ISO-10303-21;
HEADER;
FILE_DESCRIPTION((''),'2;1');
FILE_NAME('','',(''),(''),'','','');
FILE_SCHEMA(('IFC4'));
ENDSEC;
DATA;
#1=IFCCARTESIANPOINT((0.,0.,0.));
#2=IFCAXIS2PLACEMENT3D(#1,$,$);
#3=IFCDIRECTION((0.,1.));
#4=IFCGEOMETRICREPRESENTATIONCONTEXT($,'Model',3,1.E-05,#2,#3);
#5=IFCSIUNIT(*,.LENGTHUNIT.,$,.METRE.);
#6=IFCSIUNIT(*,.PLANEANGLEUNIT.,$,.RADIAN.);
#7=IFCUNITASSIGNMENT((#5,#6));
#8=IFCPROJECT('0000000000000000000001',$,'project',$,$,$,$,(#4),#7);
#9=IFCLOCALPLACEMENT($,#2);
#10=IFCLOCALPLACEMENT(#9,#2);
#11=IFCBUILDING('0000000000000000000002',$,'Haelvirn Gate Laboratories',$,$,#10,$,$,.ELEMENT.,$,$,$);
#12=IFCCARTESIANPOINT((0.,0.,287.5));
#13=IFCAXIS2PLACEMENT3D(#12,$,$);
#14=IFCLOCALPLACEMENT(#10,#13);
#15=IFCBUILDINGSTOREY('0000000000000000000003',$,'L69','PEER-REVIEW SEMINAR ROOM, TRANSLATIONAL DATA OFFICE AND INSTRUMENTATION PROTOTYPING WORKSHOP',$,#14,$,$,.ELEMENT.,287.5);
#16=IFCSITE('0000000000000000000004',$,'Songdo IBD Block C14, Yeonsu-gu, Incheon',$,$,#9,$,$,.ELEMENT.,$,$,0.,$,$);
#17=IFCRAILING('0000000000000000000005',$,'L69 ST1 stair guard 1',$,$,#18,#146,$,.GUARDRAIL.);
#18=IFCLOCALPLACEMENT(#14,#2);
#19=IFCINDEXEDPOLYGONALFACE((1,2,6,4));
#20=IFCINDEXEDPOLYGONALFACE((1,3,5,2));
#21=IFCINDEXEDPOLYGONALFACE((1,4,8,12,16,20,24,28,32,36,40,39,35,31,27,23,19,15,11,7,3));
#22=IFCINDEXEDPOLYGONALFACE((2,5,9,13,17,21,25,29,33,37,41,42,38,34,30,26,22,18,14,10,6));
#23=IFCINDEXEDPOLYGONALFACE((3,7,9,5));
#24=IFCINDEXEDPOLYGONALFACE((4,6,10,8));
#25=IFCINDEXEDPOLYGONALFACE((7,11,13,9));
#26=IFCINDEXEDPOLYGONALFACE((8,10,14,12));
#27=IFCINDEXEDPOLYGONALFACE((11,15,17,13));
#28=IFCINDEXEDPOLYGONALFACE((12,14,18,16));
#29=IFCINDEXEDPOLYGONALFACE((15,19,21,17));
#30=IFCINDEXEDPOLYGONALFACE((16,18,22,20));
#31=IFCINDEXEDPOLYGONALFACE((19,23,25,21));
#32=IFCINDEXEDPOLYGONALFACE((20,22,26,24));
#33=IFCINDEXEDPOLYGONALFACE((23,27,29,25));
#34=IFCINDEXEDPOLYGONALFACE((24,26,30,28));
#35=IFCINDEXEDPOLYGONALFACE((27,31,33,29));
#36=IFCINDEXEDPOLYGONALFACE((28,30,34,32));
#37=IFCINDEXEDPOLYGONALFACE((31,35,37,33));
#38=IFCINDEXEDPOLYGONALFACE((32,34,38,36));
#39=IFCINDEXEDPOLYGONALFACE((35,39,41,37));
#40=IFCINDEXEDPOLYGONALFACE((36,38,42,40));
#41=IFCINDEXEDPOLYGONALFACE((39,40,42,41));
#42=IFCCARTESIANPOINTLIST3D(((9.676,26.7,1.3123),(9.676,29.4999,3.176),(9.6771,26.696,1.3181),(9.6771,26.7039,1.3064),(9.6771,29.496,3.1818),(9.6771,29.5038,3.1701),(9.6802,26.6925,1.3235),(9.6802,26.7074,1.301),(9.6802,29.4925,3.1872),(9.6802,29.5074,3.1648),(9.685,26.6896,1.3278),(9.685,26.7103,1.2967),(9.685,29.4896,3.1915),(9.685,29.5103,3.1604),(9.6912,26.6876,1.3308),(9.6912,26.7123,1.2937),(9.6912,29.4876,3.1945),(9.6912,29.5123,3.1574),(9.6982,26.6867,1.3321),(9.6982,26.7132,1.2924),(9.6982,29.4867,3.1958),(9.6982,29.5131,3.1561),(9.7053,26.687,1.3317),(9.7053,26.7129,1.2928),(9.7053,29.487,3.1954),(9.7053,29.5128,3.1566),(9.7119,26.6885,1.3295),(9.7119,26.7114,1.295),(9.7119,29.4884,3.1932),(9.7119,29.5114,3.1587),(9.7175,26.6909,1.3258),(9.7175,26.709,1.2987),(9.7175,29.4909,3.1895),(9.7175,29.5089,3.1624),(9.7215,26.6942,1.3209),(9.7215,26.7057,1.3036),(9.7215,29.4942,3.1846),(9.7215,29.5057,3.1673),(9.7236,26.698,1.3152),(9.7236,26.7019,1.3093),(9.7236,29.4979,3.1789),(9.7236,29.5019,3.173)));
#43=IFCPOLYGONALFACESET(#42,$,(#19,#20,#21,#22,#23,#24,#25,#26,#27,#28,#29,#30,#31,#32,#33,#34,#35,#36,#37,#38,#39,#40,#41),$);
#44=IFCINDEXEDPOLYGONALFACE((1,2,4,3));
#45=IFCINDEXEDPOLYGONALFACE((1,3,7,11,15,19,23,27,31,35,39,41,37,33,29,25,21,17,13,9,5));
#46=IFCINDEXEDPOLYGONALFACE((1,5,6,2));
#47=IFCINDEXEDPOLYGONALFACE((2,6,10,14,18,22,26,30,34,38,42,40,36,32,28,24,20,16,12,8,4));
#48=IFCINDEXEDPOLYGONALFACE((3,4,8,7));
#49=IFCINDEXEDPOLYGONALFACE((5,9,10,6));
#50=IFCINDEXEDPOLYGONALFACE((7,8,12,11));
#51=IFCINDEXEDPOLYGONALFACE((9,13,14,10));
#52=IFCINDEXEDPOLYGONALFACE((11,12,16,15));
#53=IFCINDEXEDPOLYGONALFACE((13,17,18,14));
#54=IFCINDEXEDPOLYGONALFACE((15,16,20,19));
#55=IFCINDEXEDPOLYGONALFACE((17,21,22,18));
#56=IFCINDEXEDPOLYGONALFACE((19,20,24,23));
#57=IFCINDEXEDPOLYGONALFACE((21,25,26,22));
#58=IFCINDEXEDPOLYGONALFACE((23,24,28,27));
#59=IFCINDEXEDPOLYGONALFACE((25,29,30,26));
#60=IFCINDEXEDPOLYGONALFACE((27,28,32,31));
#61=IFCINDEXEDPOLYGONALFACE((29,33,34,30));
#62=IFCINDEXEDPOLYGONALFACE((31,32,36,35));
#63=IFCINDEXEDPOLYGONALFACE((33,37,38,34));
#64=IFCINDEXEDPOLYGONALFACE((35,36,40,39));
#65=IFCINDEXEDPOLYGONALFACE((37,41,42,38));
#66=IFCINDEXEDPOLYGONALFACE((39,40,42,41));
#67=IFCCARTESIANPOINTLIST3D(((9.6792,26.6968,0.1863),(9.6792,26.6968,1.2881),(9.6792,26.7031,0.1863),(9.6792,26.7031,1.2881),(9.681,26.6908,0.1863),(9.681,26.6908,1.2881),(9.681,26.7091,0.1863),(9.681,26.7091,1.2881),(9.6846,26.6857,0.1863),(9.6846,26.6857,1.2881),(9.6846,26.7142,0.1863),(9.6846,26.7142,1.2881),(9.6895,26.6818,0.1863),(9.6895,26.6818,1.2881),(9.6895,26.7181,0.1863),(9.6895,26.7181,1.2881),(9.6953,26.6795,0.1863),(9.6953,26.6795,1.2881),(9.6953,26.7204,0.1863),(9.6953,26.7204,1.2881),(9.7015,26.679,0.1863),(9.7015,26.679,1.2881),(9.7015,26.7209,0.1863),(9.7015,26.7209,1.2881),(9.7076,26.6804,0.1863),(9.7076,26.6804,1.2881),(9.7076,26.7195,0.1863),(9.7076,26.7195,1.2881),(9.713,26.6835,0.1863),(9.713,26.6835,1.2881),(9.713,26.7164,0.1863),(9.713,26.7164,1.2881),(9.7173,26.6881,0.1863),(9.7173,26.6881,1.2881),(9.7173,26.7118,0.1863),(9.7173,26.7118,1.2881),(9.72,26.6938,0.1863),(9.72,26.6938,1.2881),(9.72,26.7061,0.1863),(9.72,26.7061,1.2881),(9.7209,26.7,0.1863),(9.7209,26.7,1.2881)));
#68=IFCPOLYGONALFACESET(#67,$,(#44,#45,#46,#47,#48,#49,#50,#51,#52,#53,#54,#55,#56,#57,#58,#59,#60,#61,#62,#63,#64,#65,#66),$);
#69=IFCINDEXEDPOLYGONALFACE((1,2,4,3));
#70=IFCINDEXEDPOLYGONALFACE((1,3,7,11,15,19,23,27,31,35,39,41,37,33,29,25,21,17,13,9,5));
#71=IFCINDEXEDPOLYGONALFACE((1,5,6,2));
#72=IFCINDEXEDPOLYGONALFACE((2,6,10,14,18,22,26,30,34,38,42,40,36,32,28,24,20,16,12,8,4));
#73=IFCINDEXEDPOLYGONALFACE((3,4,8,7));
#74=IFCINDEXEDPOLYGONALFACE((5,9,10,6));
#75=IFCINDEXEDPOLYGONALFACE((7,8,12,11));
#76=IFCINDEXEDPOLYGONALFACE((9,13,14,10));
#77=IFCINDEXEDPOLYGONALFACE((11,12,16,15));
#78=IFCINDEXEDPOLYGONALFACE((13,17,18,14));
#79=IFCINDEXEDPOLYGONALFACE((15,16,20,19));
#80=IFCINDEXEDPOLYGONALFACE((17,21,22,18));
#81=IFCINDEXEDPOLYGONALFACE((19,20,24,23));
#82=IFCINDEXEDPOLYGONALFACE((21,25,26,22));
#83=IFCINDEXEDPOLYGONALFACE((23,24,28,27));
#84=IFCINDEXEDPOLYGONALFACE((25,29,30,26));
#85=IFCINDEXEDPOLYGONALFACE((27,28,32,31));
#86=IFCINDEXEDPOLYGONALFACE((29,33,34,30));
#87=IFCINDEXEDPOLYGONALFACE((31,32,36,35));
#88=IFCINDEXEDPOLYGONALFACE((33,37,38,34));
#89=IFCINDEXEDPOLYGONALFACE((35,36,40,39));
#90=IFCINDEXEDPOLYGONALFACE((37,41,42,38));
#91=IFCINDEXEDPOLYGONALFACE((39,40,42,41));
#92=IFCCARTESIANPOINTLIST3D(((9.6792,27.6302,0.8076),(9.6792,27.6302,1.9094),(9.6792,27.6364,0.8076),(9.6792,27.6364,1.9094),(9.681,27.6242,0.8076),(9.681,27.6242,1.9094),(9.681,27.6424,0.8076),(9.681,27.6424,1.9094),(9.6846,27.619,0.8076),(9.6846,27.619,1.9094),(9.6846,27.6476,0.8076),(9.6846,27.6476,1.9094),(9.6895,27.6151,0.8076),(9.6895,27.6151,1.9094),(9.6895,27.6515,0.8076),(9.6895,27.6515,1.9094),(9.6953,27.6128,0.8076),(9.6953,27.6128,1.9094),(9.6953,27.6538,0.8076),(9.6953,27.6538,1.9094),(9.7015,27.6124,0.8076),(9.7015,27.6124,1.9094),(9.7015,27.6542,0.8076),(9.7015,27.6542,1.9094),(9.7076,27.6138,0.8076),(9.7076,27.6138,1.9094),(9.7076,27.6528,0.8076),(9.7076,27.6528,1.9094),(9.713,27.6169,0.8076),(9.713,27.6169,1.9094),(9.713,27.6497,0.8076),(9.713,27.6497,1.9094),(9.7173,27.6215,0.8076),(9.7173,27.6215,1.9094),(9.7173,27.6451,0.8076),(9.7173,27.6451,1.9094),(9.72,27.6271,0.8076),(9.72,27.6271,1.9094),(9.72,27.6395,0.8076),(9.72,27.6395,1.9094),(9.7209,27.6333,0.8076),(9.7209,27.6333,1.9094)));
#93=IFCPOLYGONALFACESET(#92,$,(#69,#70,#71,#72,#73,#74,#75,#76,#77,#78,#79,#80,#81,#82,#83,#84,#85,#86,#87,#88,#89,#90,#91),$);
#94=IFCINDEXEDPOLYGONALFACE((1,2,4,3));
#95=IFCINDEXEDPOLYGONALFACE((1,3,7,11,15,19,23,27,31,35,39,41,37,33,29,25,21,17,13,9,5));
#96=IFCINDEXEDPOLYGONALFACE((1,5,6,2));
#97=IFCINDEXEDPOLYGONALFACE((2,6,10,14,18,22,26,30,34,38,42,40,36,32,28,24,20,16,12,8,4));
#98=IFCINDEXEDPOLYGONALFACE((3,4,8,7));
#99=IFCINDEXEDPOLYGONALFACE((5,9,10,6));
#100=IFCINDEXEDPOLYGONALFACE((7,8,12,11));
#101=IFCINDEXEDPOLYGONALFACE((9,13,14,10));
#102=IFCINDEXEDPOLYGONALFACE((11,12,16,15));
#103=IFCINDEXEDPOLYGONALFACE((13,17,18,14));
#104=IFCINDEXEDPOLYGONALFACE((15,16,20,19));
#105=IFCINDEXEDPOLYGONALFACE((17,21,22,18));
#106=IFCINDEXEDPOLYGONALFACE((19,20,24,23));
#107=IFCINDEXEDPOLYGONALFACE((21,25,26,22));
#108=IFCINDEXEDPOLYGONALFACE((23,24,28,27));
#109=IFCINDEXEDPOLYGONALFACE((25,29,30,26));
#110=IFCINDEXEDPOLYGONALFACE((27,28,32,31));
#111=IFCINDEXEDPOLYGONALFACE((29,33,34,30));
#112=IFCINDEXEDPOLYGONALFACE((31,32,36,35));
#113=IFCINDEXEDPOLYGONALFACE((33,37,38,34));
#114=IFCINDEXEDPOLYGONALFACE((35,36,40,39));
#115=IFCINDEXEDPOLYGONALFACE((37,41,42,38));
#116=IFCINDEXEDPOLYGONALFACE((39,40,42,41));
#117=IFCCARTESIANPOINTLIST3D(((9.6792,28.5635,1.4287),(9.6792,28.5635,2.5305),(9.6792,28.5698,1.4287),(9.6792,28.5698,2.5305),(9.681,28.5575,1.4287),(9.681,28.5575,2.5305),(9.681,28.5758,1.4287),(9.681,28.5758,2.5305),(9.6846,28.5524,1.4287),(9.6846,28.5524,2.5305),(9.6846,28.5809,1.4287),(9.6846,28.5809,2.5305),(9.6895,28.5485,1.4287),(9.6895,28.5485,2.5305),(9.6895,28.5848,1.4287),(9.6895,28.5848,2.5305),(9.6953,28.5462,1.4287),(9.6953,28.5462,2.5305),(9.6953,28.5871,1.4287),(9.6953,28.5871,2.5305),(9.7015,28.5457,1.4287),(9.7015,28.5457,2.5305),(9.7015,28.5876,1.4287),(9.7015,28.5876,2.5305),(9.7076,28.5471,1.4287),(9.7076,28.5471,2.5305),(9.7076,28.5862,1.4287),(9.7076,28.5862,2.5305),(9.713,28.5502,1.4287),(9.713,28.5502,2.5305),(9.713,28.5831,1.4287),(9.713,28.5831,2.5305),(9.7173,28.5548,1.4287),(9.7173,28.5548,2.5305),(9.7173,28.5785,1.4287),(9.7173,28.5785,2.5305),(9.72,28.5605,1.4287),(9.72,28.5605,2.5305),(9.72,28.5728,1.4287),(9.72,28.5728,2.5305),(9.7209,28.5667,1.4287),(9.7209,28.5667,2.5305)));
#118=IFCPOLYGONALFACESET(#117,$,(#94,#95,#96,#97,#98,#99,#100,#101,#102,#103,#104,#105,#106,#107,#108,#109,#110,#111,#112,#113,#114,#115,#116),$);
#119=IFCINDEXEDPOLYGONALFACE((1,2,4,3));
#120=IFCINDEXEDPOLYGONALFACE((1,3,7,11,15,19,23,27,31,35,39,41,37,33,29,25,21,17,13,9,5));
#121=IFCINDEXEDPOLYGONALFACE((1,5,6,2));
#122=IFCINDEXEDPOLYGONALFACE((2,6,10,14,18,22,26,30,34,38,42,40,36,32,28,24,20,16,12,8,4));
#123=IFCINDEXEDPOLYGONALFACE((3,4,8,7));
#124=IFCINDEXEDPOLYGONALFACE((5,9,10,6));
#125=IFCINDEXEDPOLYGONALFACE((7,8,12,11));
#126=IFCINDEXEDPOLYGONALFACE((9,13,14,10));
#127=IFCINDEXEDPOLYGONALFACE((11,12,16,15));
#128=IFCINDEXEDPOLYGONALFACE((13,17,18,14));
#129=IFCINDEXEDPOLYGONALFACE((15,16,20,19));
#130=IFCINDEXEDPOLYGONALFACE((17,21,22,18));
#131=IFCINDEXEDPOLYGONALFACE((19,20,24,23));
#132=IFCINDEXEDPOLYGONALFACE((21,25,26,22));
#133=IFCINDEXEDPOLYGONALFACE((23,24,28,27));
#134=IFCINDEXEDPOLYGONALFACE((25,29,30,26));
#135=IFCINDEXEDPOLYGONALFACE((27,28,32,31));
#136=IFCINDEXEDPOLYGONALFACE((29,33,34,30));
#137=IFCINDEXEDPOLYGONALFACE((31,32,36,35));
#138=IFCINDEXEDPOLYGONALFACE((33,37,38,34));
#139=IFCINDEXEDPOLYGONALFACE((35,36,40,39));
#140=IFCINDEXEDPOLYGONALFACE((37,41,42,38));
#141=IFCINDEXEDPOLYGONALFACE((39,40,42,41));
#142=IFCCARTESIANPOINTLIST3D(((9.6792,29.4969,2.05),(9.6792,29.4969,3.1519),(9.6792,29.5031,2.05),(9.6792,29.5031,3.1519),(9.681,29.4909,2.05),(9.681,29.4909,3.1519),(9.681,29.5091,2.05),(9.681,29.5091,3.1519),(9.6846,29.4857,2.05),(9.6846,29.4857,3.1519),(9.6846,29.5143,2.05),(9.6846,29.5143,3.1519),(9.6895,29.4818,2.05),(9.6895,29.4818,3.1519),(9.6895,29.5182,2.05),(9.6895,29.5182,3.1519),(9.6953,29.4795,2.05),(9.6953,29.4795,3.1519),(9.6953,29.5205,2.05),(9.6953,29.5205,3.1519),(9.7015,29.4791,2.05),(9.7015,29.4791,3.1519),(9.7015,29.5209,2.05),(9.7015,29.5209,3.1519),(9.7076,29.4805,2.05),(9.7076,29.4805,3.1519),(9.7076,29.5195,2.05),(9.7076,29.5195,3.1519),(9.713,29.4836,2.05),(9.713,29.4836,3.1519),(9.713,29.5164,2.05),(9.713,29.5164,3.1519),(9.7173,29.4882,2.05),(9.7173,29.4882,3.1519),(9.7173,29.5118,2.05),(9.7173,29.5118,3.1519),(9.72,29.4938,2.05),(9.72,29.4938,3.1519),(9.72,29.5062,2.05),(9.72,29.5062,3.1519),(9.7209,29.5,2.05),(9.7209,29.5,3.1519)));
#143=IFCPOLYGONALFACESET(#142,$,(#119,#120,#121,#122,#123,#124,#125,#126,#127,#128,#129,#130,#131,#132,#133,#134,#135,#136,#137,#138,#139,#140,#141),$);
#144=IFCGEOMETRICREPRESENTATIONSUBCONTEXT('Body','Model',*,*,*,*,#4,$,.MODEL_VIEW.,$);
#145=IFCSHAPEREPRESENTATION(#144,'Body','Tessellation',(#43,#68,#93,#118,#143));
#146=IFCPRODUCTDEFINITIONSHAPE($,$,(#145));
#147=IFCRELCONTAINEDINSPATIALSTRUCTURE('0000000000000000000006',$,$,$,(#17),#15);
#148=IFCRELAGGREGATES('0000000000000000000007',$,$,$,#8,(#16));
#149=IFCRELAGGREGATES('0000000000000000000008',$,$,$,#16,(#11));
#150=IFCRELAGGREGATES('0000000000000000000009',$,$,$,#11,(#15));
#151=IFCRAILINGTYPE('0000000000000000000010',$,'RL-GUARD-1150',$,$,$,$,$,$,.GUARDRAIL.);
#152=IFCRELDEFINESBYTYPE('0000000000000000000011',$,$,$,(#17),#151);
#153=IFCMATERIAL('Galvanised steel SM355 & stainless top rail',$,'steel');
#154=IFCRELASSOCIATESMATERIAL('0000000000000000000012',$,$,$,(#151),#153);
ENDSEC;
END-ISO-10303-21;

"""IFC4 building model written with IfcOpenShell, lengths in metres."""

from ifc_helpers import new_model, si_unit, direction, frame, origin, origin_2d, place, context, subcontext, project, spatial, circle, extrude, source, transform, mapped, material, type_object, element, save


model = new_model("IFC4")

# Units and contexts
model_context = context("Model", 3, precision=1e-05, world=origin(), true_north=direction((0.0, 1.0)))
body_context = subcontext(model_context, "Body", "Model", "MODEL_VIEW")
ifc_project = project(units=[si_unit("LENGTHUNIT", "METRE"), si_unit("PLANEANGLEUNIT", "RADIAN")], contexts=[model_context])

# Site, building, storey
site_placement = place(None, origin())
site = spatial("IfcSite", under=ifc_project, at=site_placement, Name="Songdo IBD Block C14, Yeonsu-gu, Incheon", CompositionType="ELEMENT", RefElevation=0.0)
building_placement = place(site_placement, origin())
building = spatial("IfcBuilding", under=site, at=building_placement, Name="Haelvirn Gate Laboratories", CompositionType="ELEMENT")
storey_placement = place(building_placement, frame((0.0, 0.0, 287.5)))
storey = spatial("IfcBuildingStorey", under=building, at=storey_placement, Name="L69", Description="PEER-REVIEW SEMINAR ROOM, TRANSLATIONAL DATA OFFICE AND INSTRUMENTATION PROTOTYPING WORKSHOP", CompositionType="ELEMENT", Elevation=287.5)

# Railing
ifc_material_1 = material(Name="Galvanised steel SM355 & stainless top rail", Category="steel")
railing_type_1 = type_object("IfcRailingType", Name="RL-GUARD-1150", PredefinedType="GUARDRAIL", material=ifc_material_1)
shared_shape_1 = source(origin(), body_context, "Body", "SweptSolid", [
    extrude(circle(Radius=0.0239, at=origin_2d()), frame((0.0, 0.0, 1.126), z_axis=(0.0, 0.832452, 0.554097), x_axis=(-1.0, 0.0, 0.0)), (0.0, 0.0, 1.0), 3.3635),
    extrude(circle(Radius=0.021, at=origin_2d()), origin(), (0.0, 0.0, 1.0), 1.1018),
    extrude(circle(Radius=0.021, at=origin_2d()), frame((0.0, 0.9333, 0.6213)), (0.0, 0.0, 1.0), 1.1018),
    extrude(circle(Radius=0.021, at=origin_2d()), frame((0.0, 1.8667, 1.2424)), (0.0, 0.0, 1.0), 1.1018),
    extrude(circle(Radius=0.021, at=origin_2d()), frame((0.0, 2.8, 1.8638)), (0.0, 0.0, 1.0), 1.1018),
])
railing_1_placement = place(storey_placement, frame((9.7, 26.7, 0.1863)))
element("IfcRailing", 1, at=railing_1_placement, inside=storey, type_object=railing_type_1, Name="L69 ST1 stair guard 1", PredefinedType="GUARDRAIL", context=body_context, shape_type="MappedRepresentation", body=[
    mapped(shared_shape_1, transform((0.0, 0.0, 0.0), scale=1.0)),
])

save(model, "model.ifc")
